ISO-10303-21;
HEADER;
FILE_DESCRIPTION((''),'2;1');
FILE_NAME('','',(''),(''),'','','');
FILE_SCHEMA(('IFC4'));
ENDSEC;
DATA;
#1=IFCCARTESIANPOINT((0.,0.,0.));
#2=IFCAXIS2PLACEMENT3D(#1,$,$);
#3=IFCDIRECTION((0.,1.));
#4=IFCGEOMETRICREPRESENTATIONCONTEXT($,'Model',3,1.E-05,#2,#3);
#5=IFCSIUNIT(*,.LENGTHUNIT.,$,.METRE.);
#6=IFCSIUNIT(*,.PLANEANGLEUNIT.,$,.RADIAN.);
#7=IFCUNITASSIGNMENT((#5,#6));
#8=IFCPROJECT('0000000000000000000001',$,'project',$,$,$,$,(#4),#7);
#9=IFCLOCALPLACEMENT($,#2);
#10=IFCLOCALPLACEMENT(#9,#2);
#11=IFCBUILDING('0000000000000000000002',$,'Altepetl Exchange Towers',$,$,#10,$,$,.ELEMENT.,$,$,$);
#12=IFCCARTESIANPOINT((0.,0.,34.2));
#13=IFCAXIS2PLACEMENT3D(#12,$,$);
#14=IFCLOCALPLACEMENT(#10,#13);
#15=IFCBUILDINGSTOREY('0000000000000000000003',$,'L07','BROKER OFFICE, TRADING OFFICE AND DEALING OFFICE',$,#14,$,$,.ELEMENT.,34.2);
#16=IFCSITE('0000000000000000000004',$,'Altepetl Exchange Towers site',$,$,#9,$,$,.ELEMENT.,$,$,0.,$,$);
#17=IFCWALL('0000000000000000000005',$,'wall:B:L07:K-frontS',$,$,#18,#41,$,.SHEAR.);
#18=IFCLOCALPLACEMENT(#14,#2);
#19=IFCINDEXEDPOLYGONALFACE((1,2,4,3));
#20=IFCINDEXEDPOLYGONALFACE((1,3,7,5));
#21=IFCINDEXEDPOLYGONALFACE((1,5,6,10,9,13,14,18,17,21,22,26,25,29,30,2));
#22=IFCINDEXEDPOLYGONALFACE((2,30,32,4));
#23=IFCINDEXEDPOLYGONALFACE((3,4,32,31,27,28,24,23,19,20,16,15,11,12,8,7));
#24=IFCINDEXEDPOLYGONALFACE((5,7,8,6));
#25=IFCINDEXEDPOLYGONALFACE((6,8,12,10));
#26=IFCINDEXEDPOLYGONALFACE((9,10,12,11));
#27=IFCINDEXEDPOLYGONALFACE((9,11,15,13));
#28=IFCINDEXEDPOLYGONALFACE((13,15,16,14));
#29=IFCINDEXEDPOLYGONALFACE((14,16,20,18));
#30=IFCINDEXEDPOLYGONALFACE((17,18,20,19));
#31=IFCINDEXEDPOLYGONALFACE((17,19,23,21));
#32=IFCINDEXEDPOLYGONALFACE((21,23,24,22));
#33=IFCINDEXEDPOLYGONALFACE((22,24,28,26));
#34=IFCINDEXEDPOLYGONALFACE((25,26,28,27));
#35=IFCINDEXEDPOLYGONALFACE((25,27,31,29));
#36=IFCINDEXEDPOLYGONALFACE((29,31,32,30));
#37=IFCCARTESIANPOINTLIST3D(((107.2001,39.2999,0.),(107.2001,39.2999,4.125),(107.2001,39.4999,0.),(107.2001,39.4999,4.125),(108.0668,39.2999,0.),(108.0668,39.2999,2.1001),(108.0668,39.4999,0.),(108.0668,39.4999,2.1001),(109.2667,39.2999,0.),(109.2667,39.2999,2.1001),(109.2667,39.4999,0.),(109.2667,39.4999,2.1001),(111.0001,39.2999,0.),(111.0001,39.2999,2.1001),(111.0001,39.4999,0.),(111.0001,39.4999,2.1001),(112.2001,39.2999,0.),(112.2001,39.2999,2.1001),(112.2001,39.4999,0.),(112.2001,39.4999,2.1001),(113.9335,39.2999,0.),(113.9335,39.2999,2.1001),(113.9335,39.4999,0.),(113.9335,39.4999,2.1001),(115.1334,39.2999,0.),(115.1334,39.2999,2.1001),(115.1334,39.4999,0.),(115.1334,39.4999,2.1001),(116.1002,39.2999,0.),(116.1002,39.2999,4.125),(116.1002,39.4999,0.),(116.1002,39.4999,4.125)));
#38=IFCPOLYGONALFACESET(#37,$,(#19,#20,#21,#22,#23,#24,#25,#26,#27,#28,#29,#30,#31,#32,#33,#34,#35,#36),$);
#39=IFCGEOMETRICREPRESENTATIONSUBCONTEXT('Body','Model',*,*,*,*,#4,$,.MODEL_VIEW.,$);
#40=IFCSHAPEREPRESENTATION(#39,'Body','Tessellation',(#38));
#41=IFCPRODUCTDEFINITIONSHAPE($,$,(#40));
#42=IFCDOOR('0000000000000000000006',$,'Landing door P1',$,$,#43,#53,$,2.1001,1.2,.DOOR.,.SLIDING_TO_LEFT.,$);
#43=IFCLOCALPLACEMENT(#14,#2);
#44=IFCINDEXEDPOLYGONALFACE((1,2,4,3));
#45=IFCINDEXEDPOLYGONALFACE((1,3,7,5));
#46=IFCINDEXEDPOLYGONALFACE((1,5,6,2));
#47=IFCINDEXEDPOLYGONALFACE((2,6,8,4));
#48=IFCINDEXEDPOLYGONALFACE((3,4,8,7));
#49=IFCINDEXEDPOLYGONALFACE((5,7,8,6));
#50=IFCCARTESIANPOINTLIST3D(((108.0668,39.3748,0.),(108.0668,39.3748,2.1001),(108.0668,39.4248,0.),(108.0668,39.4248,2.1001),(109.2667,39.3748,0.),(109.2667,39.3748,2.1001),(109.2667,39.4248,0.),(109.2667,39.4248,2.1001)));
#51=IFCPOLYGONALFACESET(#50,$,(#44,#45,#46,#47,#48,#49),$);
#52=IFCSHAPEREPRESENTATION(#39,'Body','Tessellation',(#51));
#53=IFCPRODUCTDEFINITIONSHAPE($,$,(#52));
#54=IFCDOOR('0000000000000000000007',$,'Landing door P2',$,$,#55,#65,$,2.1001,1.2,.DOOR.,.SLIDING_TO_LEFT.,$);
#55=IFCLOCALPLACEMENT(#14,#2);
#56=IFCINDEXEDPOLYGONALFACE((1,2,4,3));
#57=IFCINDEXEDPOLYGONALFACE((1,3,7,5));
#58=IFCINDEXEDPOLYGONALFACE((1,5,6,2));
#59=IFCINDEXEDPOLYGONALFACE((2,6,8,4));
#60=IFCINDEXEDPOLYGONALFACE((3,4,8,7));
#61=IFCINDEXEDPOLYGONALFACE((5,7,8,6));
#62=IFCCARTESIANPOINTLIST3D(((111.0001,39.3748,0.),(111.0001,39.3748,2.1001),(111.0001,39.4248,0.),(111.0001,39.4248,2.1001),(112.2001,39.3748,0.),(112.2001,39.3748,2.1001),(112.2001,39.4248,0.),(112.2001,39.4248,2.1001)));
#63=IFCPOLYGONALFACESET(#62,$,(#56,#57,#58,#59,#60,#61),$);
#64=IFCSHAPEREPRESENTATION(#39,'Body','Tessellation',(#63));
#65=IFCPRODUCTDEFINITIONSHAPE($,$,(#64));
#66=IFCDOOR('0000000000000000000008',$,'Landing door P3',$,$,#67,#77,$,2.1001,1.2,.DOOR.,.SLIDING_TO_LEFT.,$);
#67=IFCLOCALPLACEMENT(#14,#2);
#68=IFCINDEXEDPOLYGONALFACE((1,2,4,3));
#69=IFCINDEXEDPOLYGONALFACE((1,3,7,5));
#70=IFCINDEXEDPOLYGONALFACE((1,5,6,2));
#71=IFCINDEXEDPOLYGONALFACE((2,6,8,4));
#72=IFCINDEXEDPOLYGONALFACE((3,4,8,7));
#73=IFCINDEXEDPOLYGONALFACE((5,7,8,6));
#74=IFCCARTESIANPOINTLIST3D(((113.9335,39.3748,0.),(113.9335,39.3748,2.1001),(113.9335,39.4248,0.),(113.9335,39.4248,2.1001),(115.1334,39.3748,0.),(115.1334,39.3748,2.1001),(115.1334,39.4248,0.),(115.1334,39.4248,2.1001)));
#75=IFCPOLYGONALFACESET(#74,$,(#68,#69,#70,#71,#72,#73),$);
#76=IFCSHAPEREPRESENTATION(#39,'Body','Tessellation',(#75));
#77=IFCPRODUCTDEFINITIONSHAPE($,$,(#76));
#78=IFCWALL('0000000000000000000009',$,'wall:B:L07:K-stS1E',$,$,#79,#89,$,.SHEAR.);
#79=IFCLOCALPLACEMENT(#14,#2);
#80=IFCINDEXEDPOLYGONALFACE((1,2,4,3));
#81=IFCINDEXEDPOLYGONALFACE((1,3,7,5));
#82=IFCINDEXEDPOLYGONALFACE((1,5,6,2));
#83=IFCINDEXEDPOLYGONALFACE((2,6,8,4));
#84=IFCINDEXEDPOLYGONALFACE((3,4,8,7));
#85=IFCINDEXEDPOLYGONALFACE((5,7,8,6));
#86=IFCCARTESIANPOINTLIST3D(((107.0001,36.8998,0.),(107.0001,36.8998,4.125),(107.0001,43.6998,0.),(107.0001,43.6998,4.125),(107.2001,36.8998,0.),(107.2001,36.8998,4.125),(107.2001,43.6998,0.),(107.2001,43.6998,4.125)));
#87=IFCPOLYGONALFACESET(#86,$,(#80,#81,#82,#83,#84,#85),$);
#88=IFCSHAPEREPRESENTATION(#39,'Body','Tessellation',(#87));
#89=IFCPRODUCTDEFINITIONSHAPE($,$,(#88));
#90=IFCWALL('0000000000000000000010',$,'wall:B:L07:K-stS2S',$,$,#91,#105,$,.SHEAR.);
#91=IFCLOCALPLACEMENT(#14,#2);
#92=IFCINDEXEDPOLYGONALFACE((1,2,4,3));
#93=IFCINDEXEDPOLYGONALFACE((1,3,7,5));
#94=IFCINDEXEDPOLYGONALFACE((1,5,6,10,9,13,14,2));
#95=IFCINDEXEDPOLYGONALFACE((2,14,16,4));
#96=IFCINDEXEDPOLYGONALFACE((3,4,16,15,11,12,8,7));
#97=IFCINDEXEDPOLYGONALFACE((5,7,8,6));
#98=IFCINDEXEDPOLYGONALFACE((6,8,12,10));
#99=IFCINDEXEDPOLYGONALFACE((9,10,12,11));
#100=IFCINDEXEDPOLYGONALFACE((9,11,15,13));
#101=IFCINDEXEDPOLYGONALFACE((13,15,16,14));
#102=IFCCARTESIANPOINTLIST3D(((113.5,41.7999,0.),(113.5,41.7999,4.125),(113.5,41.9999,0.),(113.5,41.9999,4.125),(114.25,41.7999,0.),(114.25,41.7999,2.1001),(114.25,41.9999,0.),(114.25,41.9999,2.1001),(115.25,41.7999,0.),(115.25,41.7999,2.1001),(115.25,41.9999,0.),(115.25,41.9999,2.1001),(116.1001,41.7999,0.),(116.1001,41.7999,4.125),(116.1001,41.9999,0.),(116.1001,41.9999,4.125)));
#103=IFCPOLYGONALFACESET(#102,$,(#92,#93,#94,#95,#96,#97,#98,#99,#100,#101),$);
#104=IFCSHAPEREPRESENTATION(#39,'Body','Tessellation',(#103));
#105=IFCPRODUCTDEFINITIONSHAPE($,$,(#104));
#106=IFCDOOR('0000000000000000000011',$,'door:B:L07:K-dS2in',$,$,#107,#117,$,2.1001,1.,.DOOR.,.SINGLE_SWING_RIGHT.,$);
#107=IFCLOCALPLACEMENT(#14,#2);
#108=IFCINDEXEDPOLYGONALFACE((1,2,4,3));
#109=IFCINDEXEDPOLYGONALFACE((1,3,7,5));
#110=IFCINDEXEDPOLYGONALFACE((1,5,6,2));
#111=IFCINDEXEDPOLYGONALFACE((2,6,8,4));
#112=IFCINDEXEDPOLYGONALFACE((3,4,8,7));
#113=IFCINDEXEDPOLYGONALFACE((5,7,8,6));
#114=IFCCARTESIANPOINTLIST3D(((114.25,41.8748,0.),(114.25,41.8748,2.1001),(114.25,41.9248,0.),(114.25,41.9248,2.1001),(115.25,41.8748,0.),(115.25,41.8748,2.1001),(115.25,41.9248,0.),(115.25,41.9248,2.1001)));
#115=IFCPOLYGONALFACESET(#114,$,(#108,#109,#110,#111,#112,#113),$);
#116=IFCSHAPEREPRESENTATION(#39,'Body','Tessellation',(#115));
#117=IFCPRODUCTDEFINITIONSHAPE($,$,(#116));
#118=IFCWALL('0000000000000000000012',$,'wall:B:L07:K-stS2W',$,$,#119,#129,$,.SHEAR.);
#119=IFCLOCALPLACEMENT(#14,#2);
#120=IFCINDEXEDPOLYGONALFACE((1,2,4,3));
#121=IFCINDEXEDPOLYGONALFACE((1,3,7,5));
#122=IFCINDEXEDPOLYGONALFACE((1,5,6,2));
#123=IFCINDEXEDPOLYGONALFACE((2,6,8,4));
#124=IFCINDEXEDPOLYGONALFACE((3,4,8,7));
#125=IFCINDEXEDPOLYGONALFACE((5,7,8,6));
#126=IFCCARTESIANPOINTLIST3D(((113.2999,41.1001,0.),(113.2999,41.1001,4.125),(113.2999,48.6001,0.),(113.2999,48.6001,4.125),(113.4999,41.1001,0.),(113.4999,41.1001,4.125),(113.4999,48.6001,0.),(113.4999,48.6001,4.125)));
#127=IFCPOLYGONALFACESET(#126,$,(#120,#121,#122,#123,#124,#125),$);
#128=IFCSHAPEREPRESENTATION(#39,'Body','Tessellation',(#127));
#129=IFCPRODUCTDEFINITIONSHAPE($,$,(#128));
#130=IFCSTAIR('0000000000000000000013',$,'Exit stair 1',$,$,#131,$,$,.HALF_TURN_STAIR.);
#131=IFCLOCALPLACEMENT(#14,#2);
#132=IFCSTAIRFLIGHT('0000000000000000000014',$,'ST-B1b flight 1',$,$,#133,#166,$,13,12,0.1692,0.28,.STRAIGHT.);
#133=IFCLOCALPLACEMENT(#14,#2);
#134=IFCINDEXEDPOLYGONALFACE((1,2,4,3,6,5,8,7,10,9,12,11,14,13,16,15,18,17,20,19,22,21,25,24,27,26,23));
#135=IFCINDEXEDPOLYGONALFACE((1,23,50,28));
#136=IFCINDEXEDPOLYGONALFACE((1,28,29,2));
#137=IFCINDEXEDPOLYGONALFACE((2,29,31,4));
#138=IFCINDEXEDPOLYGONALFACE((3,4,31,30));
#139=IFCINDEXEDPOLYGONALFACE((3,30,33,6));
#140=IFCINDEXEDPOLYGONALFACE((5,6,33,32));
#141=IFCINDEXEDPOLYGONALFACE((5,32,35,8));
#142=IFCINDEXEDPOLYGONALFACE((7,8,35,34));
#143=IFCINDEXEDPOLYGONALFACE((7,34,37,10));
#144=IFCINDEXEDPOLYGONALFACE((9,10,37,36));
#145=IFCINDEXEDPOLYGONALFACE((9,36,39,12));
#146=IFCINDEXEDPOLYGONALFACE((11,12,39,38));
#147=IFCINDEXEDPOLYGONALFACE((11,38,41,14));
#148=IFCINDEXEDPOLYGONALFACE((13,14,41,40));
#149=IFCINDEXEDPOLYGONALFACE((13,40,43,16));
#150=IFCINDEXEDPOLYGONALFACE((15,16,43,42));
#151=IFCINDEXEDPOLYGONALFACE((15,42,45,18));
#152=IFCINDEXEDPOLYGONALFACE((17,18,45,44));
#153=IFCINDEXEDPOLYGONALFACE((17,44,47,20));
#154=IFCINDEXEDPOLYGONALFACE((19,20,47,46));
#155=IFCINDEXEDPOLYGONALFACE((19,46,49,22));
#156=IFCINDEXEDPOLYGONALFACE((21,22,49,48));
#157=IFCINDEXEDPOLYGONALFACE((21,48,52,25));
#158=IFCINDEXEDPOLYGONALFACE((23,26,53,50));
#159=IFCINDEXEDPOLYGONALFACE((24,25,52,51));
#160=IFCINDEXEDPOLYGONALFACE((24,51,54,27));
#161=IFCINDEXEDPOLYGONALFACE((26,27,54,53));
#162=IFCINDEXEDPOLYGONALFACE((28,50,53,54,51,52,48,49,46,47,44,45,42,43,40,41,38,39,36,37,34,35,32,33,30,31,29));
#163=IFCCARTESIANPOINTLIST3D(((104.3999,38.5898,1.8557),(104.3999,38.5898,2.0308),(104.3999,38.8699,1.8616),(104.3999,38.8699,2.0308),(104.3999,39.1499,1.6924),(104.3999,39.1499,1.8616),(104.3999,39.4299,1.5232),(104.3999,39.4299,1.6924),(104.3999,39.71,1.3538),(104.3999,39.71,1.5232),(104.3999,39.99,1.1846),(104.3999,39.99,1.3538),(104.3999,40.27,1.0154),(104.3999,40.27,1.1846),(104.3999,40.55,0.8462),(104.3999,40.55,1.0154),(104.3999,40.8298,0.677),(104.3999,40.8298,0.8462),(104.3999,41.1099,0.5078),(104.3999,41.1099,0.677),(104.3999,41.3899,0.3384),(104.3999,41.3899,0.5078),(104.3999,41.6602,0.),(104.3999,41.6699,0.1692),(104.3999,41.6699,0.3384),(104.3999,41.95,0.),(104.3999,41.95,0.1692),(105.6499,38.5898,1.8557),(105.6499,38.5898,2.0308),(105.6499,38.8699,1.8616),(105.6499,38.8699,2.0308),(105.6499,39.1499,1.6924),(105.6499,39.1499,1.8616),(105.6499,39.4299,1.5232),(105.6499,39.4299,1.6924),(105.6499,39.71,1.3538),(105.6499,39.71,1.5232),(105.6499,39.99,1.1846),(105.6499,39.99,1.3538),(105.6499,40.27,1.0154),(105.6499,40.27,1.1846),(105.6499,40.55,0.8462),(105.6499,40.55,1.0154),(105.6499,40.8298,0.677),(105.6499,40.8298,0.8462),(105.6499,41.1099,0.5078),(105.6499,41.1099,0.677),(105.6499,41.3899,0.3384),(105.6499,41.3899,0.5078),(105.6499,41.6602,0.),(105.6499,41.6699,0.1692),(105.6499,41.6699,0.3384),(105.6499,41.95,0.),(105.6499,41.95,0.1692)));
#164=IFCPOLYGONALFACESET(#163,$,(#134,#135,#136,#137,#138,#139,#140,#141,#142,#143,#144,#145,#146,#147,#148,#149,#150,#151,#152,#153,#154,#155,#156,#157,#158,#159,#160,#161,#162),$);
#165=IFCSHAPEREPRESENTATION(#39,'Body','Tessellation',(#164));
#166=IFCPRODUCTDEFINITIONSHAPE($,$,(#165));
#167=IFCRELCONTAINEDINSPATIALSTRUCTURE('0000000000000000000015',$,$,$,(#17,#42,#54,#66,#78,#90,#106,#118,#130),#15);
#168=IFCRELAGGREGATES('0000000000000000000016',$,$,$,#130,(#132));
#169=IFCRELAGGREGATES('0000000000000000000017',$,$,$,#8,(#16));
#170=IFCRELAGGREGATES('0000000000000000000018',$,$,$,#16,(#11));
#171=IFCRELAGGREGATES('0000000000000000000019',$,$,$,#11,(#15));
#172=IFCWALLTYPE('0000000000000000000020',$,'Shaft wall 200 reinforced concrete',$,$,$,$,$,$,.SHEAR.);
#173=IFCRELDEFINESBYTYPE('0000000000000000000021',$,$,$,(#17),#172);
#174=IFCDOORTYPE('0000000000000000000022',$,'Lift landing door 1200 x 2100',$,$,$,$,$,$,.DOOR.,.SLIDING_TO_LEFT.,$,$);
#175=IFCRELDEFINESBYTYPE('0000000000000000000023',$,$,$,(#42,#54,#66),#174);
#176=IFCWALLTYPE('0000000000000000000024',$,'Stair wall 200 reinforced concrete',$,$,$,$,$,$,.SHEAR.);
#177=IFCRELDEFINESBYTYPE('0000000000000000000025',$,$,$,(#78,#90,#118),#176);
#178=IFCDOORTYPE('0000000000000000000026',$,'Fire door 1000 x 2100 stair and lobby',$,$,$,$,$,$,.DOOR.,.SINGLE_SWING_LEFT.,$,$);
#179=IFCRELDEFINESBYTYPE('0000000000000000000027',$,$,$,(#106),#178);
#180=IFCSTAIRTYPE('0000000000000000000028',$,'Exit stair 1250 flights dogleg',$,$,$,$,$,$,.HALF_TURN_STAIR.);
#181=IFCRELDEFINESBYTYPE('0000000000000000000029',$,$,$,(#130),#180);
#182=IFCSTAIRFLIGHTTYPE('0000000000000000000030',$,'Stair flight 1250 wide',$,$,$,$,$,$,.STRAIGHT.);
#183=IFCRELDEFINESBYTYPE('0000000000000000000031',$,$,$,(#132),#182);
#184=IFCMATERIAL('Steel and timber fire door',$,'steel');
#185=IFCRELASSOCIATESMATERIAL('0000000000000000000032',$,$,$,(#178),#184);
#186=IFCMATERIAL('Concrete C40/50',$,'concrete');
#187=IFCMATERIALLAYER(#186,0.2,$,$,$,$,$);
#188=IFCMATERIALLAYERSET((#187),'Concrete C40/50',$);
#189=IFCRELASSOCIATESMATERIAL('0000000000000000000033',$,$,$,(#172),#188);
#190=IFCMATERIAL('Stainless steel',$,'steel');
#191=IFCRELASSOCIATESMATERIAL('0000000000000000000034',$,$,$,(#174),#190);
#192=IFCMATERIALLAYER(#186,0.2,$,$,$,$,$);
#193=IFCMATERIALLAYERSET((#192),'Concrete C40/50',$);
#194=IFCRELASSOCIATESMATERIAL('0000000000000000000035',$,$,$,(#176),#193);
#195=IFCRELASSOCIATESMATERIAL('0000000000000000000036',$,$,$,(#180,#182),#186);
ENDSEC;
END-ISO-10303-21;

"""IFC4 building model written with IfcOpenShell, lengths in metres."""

from ifc_helpers import new_model, si_unit, direction, frame, frame_2d, origin, place, context, subcontext, project, spatial, polyline, rectangle, outline, extrude, material, layer, layer_set, type_object, element, fill, aggregate, save


model = new_model("IFC4")

# Units and contexts
model_context = context("Model", 3, precision=1e-05, world=origin(), true_north=direction((0.0, 1.0)))
body_context = subcontext(model_context, "Body", "Model", "MODEL_VIEW")
ifc_project = project(units=[si_unit("LENGTHUNIT", "METRE"), si_unit("PLANEANGLEUNIT", "RADIAN")], contexts=[model_context])

# Site, building, storey
site_placement = place(None, origin())
site = spatial("IfcSite", under=ifc_project, at=site_placement, Name="Altepetl Exchange Towers site", CompositionType="ELEMENT", RefElevation=0.0)
building_placement = place(site_placement, origin())
building = spatial("IfcBuilding", under=site, at=building_placement, Name="Altepetl Exchange Towers", CompositionType="ELEMENT")
storey_placement = place(building_placement, frame((0.0, 0.0, 34.2)))
storey = spatial("IfcBuildingStorey", under=building, at=storey_placement, Name="L07", Description="BROKER OFFICE, TRADING OFFICE AND DEALING OFFICE", CompositionType="ELEMENT", Elevation=34.2)

# Shared definitions
ifc_material_1 = material(Name="Steel and timber fire door", Category="steel")
door_type_1 = type_object("IfcDoorType", Name="Fire door 1000 x 2100 stair and lobby", OperationType="SINGLE_SWING_LEFT", PredefinedType="DOOR", material=ifc_material_1)

# Shared definitions
ifc_material_2 = material(Name="Concrete C40/50", Category="concrete")
ifc_layer_1 = layer(ifc_material_2, 0.2)
ifc_layer_set_1 = layer_set([ifc_layer_1], Name="Concrete C40/50")
wall_type_1 = type_object("IfcWallType", Name="Shaft wall 200 reinforced concrete", PredefinedType="SHEAR", material=ifc_layer_set_1)

# Wall, openings, doors
wall_1_placement = place(storey_placement, frame((107.2, 39.3999, 0.0)))
wall_1 = element("IfcWall", 1, at=wall_1_placement, inside=storey, type_object=wall_type_1, Name="wall:B:L07:K-frontS", PredefinedType="SHEAR", context=body_context, shape_type="SweptSolid", body=[
    extrude(rectangle(XDim=8.9001, YDim=0.2, at=frame_2d((4.4502, 0.0))), origin(), (0.0, 0.0, 1.0), 4.125),
])
opening_1_placement = place(wall_1_placement, frame((0.8667, 0.0, 0.0)))
opening_1 = element("IfcOpeningElement", 2, at=opening_1_placement, cuts=wall_1, PredefinedType="OPENING", context=body_context, shape_type="SweptSolid", body=[
    extrude(rectangle(XDim=1.2, YDim=2.1001, at=frame_2d((0.6001, 1.05))), frame((0.0, 0.1099, 0.0), z_axis=(0.0, -1.0, 0.0), x_axis=(1.0, 0.0, 0.0)), (0.0, 0.0, 1.0), 0.22),
])
opening_2_placement = place(wall_1_placement, frame((3.8, 0.0, 0.0)))
opening_2 = element("IfcOpeningElement", 3, at=opening_2_placement, cuts=wall_1, PredefinedType="OPENING", context=body_context, shape_type="SweptSolid", body=[
    extrude(rectangle(XDim=1.2, YDim=2.1001, at=frame_2d((0.6001, 1.05))), frame((0.0, 0.1099, 0.0), z_axis=(0.0, -1.0, 0.0), x_axis=(1.0, 0.0, 0.0)), (0.0, 0.0, 1.0), 0.22),
])
opening_3_placement = place(wall_1_placement, frame((6.7334, 0.0, 0.0)))
opening_3 = element("IfcOpeningElement", 4, at=opening_3_placement, cuts=wall_1, PredefinedType="OPENING", context=body_context, shape_type="SweptSolid", body=[
    extrude(rectangle(XDim=1.2, YDim=2.1001, at=frame_2d((0.6001, 1.05))), frame((0.0, 0.1099, 0.0), z_axis=(0.0, -1.0, 0.0), x_axis=(1.0, 0.0, 0.0)), (0.0, 0.0, 1.0), 0.22),
])
ifc_material_3 = material(Name="Stainless steel", Category="steel")
door_type_2 = type_object("IfcDoorType", Name="Lift landing door 1200 x 2100", OperationType="SLIDING_TO_LEFT", PredefinedType="DOOR", material=ifc_material_3)
door_1_placement = place(opening_1_placement, origin())
door_1 = element("IfcDoor", 5, at=door_1_placement, inside=storey, type_object=door_type_2, Name="Landing door P1", OperationType="SLIDING_TO_LEFT", OverallHeight=2.1001, OverallWidth=1.2, PredefinedType="DOOR", context=body_context, shape_type="SweptSolid", body=[
    extrude(rectangle(XDim=1.2, YDim=2.1001, at=frame_2d((0.6001, 1.05))), frame((0.0, 0.0249, 0.0), z_axis=(0.0, -1.0, 0.0), x_axis=(1.0, 0.0, 0.0)), (0.0, 0.0, 1.0), 0.05),
])
fill(opening_1, door_1)
door_2_placement = place(opening_2_placement, origin())
door_2 = element("IfcDoor", 6, at=door_2_placement, inside=storey, type_object=door_type_2, Name="Landing door P2", OperationType="SLIDING_TO_LEFT", OverallHeight=2.1001, OverallWidth=1.2, PredefinedType="DOOR", context=body_context, shape_type="SweptSolid", body=[
    extrude(rectangle(XDim=1.2, YDim=2.1001, at=frame_2d((0.6001, 1.05))), frame((0.0, 0.0249, 0.0), z_axis=(0.0, -1.0, 0.0), x_axis=(1.0, 0.0, 0.0)), (0.0, 0.0, 1.0), 0.05),
])
fill(opening_2, door_2)
door_3_placement = place(opening_3_placement, origin())
door_3 = element("IfcDoor", 7, at=door_3_placement, inside=storey, type_object=door_type_2, Name="Landing door P3", OperationType="SLIDING_TO_LEFT", OverallHeight=2.1001, OverallWidth=1.2, PredefinedType="DOOR", context=body_context, shape_type="SweptSolid", body=[
    extrude(rectangle(XDim=1.2, YDim=2.1001, at=frame_2d((0.6001, 1.05))), frame((0.0, 0.0249, 0.0), z_axis=(0.0, -1.0, 0.0), x_axis=(1.0, 0.0, 0.0)), (0.0, 0.0, 1.0), 0.05),
])
fill(opening_3, door_3)

# Wall
ifc_layer_2 = layer(ifc_material_2, 0.2)
ifc_layer_set_2 = layer_set([ifc_layer_2], Name="Concrete C40/50")
wall_type_2 = type_object("IfcWallType", Name="Stair wall 200 reinforced concrete", PredefinedType="SHEAR", material=ifc_layer_set_2)
wall_2_placement = place(storey_placement, frame((107.1001, 36.8999, 0.0), z_axis=(0.0, 0.0, 1.0), x_axis=(0.0, 1.0, 0.0)))
element("IfcWall", 8, at=wall_2_placement, inside=storey, type_object=wall_type_2, Name="wall:B:L07:K-stS1E", PredefinedType="SHEAR", context=body_context, shape_type="SweptSolid", body=[
    extrude(rectangle(XDim=6.8, YDim=0.2, at=frame_2d((3.3999, 0.0))), origin(), (0.0, 0.0, 1.0), 4.125),
])

# Wall, opening, door
wall_3_placement = place(storey_placement, frame((113.5, 41.8999, 0.0)))
wall_3 = element("IfcWall", 9, at=wall_3_placement, inside=storey, type_object=wall_type_2, Name="wall:B:L07:K-stS2S", PredefinedType="SHEAR", context=body_context, shape_type="SweptSolid", body=[
    extrude(rectangle(XDim=2.6001, YDim=0.2, at=frame_2d((1.3, 0.0))), origin(), (0.0, 0.0, 1.0), 4.125),
])
opening_4_placement = place(wall_3_placement, frame((0.75, 0.0, 0.0)))
opening_4 = element("IfcOpeningElement", 10, at=opening_4_placement, cuts=wall_3, PredefinedType="OPENING", context=body_context, shape_type="SweptSolid", body=[
    extrude(rectangle(XDim=1.0, YDim=2.1001, at=frame_2d((0.5, 1.05))), frame((0.0, 0.1099, 0.0), z_axis=(0.0, -1.0, 0.0), x_axis=(1.0, 0.0, 0.0)), (0.0, 0.0, 1.0), 0.22),
])
door_4_placement = place(opening_4_placement, origin())
door_4 = element("IfcDoor", 11, at=door_4_placement, inside=storey, type_object=door_type_1, Name="door:B:L07:K-dS2in", OperationType="SINGLE_SWING_RIGHT", OverallHeight=2.1001, OverallWidth=1.0, PredefinedType="DOOR", context=body_context, shape_type="SweptSolid", body=[
    extrude(rectangle(XDim=1.0, YDim=2.1001, at=frame_2d((0.5, 1.05))), frame((0.0, 0.0249, 0.0), z_axis=(0.0, -1.0, 0.0), x_axis=(1.0, 0.0, 0.0)), (0.0, 0.0, 1.0), 0.05),
])
fill(opening_4, door_4)

# Wall
wall_4_placement = place(storey_placement, frame((113.3999, 41.1001, 0.0), z_axis=(0.0, 0.0, 1.0), x_axis=(0.0, 1.0, 0.0)))
element("IfcWall", 12, at=wall_4_placement, inside=storey, type_object=wall_type_2, Name="wall:B:L07:K-stS2W", PredefinedType="SHEAR", context=body_context, shape_type="SweptSolid", body=[
    extrude(rectangle(XDim=7.5, YDim=0.2, at=frame_2d((3.75, 0.0))), origin(), (0.0, 0.0, 1.0), 4.125),
])

# Stair, stair flight
stair_type = type_object("IfcStairType", Name="Exit stair 1250 flights dogleg", PredefinedType="HALF_TURN_STAIR", material=ifc_material_2)
stair_placement = place(storey_placement, origin())
stair = element("IfcStair", 13, at=stair_placement, inside=storey, type_object=stair_type, Name="Exit stair 1", PredefinedType="HALF_TURN_STAIR")
stair_flight_type = type_object("IfcStairFlightType", Name="Stair flight 1250 wide", PredefinedType="STRAIGHT", material=ifc_material_2)
stair_flight_1_placement = place(storey_placement, frame((105.0249, 41.95, 0.0), z_axis=(0.0, 0.0, 1.0), x_axis=(0.0, -1.0, 0.0)))
stair_flight_1 = element("IfcStairFlight", 14, at=stair_flight_1_placement, type_object=stair_flight_type, Name="ST-B1b flight 1", NumberOfRisers=13, NumberOfTreads=12, PredefinedType="STRAIGHT", RiserHeight=0.1692, TreadLength=0.28, context=body_context, shape_type="SweptSolid", body=[
    extrude(outline(polyline([(0.0, 0.0), (0.0, 0.1692), (0.28, 0.1692), (0.28, 0.3384), (0.5601, 0.3384), (0.5601, 0.5078), (0.8401, 0.5078), (0.8401, 0.677), (1.1201, 0.677), (1.1201, 0.8462), (1.3999, 0.8462), (1.3999, 1.0154), (1.6799, 1.0154), (1.6799, 1.1846), (1.96, 1.1846), (1.96, 1.3538), (2.24, 1.3538), (2.24, 1.5232), (2.52, 1.5232), (2.52, 1.6924), (2.8, 1.6924), (2.8, 1.8616), (3.0801, 1.8616), (3.0801, 2.0308), (3.3601, 2.0308), (3.3601, 2.2), (3.3601, 1.8557), (0.2898, 0.0), (0.0, 0.0)])), frame((0.0, 0.625, 0.0), z_axis=(0.0, -1.0, 0.0), x_axis=(1.0, 0.0, 0.0)), (0.0, 0.0, 1.0), 1.25),
])
aggregate(stair, [stair_flight_1])

save(model, "model.ifc")
